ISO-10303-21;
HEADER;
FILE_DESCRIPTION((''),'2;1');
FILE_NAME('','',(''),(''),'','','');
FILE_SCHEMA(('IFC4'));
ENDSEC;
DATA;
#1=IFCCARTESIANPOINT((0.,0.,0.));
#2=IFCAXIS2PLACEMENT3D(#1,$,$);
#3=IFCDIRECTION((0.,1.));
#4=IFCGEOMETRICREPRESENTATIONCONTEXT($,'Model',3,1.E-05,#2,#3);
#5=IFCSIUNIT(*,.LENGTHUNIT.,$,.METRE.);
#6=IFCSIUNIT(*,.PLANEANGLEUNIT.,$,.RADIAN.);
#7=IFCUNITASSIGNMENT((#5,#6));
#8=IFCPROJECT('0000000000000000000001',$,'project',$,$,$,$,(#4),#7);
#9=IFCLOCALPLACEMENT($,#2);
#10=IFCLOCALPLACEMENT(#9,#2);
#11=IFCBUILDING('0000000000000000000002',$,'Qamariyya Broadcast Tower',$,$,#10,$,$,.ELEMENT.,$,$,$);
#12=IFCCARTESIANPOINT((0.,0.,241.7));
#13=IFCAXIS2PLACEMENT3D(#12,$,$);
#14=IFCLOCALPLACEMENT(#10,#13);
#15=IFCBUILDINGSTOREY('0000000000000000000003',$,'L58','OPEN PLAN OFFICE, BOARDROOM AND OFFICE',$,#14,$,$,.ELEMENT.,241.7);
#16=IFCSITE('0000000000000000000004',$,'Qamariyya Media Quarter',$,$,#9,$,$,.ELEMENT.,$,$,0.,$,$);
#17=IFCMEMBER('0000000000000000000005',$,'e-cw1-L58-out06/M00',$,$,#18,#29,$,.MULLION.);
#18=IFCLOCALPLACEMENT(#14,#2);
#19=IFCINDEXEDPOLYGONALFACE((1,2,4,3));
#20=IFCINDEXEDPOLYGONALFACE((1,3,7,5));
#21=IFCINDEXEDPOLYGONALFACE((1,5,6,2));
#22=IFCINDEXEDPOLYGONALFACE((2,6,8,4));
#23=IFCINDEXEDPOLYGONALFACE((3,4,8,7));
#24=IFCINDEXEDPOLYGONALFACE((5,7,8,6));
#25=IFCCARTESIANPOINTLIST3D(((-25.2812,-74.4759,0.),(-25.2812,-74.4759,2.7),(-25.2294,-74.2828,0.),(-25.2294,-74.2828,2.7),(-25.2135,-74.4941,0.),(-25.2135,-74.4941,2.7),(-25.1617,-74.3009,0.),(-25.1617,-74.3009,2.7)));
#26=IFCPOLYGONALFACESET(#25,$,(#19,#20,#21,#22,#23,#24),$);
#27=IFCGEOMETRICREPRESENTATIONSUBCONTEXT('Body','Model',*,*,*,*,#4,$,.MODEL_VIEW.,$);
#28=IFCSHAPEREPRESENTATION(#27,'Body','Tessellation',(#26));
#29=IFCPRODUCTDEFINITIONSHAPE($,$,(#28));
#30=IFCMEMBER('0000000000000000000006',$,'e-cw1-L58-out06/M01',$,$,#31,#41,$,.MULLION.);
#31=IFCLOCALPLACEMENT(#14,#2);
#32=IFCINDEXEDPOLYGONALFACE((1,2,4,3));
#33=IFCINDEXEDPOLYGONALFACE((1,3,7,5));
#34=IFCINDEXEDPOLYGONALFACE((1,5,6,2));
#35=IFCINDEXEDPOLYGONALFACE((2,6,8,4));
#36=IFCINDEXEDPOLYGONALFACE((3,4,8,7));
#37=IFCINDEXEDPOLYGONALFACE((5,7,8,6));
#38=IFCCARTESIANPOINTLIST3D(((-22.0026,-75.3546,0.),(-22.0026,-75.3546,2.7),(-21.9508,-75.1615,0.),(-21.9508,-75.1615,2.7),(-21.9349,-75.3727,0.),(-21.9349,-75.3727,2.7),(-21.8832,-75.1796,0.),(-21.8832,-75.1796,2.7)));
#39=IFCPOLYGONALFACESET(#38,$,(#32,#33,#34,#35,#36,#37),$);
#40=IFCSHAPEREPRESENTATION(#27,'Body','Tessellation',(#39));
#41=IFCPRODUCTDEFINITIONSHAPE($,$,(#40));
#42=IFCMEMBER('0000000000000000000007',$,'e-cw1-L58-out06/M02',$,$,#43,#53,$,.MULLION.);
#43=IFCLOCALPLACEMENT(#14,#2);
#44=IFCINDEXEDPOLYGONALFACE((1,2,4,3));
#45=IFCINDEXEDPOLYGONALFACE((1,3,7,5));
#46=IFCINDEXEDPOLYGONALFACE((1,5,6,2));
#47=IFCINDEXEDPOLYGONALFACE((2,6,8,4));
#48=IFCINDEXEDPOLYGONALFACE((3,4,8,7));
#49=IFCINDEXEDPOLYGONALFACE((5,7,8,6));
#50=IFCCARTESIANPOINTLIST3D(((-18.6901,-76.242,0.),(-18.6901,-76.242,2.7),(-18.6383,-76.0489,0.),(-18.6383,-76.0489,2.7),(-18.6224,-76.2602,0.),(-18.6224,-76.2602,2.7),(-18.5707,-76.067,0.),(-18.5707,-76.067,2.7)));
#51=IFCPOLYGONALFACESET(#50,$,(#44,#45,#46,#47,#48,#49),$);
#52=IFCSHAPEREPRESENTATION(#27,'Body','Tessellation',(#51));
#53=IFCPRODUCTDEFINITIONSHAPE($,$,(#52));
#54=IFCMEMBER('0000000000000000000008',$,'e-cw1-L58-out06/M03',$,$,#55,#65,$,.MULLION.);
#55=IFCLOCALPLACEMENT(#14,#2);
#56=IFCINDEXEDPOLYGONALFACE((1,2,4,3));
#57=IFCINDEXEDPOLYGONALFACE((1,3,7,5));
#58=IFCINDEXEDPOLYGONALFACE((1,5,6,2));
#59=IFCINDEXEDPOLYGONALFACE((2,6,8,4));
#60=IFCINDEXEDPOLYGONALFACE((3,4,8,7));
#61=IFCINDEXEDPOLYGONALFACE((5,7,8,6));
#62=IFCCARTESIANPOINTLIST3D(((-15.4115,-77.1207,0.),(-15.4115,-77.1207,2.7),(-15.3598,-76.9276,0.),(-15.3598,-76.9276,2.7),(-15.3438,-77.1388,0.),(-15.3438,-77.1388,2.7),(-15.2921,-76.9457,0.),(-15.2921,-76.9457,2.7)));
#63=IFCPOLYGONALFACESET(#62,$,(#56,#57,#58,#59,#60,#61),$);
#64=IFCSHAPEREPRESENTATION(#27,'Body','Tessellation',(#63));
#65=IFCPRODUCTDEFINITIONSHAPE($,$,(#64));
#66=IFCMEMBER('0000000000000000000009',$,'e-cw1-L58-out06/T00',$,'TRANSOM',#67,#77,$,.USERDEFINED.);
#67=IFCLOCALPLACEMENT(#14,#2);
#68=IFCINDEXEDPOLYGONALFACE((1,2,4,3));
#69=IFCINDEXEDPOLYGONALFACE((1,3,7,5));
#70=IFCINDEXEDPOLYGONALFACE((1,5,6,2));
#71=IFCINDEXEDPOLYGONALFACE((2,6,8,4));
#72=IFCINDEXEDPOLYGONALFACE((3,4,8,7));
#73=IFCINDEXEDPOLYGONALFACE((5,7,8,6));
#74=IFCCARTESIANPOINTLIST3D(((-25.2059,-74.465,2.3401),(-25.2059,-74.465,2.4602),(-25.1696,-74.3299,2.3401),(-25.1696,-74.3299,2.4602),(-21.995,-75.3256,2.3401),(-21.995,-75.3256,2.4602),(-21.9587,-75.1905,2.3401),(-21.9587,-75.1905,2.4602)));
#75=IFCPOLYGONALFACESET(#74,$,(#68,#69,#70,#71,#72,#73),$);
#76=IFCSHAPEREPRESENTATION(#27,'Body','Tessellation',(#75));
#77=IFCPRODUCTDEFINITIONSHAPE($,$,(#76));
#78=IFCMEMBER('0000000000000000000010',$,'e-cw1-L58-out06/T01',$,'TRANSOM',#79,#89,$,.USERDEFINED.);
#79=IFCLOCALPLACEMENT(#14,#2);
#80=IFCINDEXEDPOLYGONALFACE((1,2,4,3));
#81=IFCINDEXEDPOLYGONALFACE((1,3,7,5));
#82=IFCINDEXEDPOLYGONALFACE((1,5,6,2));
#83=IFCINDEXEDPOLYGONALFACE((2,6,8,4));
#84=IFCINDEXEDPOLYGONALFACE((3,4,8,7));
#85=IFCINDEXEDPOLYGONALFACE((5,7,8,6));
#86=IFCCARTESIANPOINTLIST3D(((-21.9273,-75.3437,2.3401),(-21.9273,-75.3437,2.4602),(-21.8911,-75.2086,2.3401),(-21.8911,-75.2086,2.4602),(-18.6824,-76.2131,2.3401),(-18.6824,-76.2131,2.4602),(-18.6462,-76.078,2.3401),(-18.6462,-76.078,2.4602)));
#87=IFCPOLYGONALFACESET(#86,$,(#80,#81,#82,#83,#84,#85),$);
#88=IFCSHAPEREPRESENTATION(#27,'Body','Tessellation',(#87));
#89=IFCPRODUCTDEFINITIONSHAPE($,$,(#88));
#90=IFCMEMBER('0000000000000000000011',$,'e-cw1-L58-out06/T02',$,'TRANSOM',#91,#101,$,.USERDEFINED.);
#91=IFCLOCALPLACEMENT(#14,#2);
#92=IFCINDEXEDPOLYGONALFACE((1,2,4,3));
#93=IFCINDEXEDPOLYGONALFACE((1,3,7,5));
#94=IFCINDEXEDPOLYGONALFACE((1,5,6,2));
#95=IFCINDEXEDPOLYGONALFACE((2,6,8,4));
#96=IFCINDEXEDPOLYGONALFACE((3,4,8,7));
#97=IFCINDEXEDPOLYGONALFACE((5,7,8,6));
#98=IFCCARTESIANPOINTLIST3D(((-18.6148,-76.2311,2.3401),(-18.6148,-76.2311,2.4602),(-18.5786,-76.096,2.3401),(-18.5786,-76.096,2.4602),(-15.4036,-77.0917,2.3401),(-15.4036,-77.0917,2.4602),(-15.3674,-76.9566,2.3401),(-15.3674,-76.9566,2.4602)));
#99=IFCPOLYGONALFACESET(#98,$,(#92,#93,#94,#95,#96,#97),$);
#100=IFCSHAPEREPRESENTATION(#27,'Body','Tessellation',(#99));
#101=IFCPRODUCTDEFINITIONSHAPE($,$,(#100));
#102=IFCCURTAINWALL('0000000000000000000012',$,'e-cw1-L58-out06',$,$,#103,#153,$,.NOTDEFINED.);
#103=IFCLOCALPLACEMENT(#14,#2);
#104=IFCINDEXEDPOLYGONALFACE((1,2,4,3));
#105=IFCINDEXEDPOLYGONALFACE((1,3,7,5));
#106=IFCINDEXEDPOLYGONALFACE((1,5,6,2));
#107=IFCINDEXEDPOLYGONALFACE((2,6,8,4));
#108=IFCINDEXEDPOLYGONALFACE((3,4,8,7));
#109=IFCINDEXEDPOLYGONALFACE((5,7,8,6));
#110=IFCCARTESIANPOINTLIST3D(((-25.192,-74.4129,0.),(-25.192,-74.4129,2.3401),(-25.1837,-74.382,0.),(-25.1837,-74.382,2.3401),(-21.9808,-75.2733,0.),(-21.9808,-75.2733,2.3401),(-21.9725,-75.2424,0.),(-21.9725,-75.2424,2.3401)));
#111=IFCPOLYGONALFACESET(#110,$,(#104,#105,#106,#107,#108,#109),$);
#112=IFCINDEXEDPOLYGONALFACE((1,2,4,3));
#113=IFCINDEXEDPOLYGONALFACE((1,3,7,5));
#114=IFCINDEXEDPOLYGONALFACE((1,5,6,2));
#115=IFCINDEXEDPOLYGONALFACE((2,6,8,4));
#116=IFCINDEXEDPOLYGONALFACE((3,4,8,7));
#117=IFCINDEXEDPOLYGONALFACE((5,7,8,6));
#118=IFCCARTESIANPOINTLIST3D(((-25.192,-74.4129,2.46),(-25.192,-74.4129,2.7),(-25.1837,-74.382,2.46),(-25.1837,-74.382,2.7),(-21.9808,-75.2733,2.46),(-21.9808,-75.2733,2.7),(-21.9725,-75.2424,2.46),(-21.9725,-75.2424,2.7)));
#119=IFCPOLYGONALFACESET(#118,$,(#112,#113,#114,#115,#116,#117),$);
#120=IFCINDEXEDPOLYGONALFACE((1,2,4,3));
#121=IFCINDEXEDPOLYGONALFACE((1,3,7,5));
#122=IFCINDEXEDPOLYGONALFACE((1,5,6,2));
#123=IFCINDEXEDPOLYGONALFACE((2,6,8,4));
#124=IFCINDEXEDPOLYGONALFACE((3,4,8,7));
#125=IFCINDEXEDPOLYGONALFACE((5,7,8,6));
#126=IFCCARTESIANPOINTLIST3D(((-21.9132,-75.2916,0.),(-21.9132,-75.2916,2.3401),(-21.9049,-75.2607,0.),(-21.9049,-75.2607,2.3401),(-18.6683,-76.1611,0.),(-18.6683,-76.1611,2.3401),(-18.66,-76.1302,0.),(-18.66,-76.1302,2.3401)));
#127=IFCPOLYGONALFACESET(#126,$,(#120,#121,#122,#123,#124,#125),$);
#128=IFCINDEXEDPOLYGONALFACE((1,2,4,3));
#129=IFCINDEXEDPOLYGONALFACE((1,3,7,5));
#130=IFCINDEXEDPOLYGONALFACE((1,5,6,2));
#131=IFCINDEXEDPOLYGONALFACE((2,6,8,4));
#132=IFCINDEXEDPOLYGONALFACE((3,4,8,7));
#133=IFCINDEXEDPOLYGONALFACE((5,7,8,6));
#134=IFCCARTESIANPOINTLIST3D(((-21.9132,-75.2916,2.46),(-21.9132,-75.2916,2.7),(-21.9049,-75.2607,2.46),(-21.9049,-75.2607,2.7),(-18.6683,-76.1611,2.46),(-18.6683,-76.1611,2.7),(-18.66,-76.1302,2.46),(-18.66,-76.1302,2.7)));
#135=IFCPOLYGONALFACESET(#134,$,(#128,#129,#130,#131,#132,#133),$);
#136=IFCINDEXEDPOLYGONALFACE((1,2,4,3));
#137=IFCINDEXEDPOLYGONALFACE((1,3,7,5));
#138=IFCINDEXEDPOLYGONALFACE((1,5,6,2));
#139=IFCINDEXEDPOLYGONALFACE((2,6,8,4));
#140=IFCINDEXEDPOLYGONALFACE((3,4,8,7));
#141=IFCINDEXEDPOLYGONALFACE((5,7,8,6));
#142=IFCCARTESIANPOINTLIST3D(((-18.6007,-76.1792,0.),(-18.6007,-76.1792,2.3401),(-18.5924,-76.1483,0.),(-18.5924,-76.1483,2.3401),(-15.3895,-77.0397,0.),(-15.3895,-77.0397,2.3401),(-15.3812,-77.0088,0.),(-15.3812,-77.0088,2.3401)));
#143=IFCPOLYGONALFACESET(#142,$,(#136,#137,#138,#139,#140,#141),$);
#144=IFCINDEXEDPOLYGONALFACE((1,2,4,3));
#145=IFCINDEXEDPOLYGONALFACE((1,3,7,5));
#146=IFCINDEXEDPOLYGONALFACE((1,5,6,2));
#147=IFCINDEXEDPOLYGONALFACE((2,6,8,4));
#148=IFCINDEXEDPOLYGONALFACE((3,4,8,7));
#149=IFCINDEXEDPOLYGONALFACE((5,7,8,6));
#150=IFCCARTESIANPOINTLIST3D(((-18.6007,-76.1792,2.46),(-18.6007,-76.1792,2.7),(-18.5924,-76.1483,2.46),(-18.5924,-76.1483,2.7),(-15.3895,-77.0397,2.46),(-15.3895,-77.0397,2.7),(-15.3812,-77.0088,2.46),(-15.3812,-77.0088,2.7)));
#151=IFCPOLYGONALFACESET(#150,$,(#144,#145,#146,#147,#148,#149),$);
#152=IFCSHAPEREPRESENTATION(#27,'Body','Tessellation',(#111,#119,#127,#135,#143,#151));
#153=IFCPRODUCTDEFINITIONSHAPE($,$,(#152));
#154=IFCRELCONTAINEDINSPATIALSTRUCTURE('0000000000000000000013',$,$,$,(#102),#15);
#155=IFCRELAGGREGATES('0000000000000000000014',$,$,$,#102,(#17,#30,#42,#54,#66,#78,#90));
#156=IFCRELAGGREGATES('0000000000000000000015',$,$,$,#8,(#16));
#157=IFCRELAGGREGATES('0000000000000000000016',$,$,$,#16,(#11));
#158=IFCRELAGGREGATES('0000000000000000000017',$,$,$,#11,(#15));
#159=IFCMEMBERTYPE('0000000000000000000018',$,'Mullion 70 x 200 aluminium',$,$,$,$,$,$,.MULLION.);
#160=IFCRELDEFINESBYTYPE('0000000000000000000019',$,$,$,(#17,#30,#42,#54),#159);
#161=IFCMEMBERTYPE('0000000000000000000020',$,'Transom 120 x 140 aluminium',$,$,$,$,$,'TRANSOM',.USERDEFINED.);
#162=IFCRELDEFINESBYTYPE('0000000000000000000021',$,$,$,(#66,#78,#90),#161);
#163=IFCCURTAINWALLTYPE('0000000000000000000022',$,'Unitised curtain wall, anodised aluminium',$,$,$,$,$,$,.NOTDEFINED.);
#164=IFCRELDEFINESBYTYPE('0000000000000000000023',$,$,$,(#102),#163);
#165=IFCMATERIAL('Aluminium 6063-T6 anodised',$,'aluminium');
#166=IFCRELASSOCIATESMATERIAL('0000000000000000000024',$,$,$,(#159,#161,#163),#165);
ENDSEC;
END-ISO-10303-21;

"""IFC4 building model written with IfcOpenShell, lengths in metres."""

from ifc_helpers import new_model, si_unit, direction, frame, origin, origin_2d, place, context, subcontext, project, spatial, rectangle, extrude, material, material_profile, profile_set, type_object, element, aggregate, save


model = new_model("IFC4")

# Units and contexts
model_context = context("Model", 3, precision=1e-05, world=origin(), true_north=direction((0.0, 1.0)))
body_context = subcontext(model_context, "Body", "Model", "MODEL_VIEW")
ifc_project = project(units=[si_unit("LENGTHUNIT", "METRE"), si_unit("PLANEANGLEUNIT", "RADIAN")], contexts=[model_context])

# Members
ifc_material = material(Name="Aluminium 6063-T6 anodised", Category="aluminium")
ifc_material_profile_1 = material_profile(ifc_material, rectangle(XDim=0.2, YDim=0.0701, at=origin_2d()))
ifc_profile_set_1 = profile_set([ifc_material_profile_1], Name="Aluminium 6063-T6 anodised")
member_type_1 = type_object("IfcMemberType", Name="Mullion 70 x 200 aluminium", PredefinedType="MULLION", material=ifc_profile_set_1)
site_placement = place(None, origin())
building_placement = place(site_placement, origin())
storey_placement = place(building_placement, frame((0.0, 0.0, 241.7)))
member_1_placement = place(storey_placement, frame((-25.2214, -74.3884, 0.0), z_axis=(0.0, 0.0, 1.0), x_axis=(0.258819, 0.965926, 0.0)))
member_1 = element("IfcMember", 1, at=member_1_placement, type_object=member_type_1, Name="e-cw1-L58-out06/M00", PredefinedType="MULLION", context=body_context, shape_type="SweptSolid", body=[
    extrude(rectangle(XDim=0.2, YDim=0.0701, at=origin_2d()), origin(), (0.0, 0.0, 1.0), 2.7),
])
member_2_placement = place(storey_placement, frame((-21.9429, -75.2671, 0.0), z_axis=(0.0, 0.0, 1.0), x_axis=(0.258819, 0.965926, 0.0)))
member_2 = element("IfcMember", 2, at=member_2_placement, type_object=member_type_1, Name="e-cw1-L58-out06/M01", PredefinedType="MULLION", context=body_context, shape_type="SweptSolid", body=[
    extrude(rectangle(XDim=0.2, YDim=0.0701, at=origin_2d()), origin(), (0.0, 0.0, 1.0), 2.7),
])
member_3_placement = place(storey_placement, frame((-18.6304, -76.1545, 0.0), z_axis=(0.0, 0.0, 1.0), x_axis=(0.258819, 0.965926, 0.0)))
member_3 = element("IfcMember", 3, at=member_3_placement, type_object=member_type_1, Name="e-cw1-L58-out06/M02", PredefinedType="MULLION", context=body_context, shape_type="SweptSolid", body=[
    extrude(rectangle(XDim=0.2, YDim=0.0701, at=origin_2d()), origin(), (0.0, 0.0, 1.0), 2.7),
])
member_4_placement = place(storey_placement, frame((-15.3518, -77.0332, 0.0), z_axis=(0.0, 0.0, 1.0), x_axis=(0.258819, 0.965926, 0.0)))
member_4 = element("IfcMember", 4, at=member_4_placement, type_object=member_type_1, Name="e-cw1-L58-out06/M03", PredefinedType="MULLION", context=body_context, shape_type="SweptSolid", body=[
    extrude(rectangle(XDim=0.2, YDim=0.0701, at=origin_2d()), origin(), (0.0, 0.0, 1.0), 2.7),
])
ifc_material_profile_2 = material_profile(ifc_material, rectangle(XDim=0.1399, YDim=0.1201, at=origin_2d()))
ifc_profile_set_2 = profile_set([ifc_material_profile_2], Name="Aluminium 6063-T6 anodised")
member_type_2 = type_object("IfcMemberType", Name="Transom 120 x 140 aluminium", ElementType="TRANSOM", PredefinedType="USERDEFINED", material=ifc_profile_set_2)
member_5_placement = place(storey_placement, frame((-25.1877, -74.3975, 2.4001), z_axis=(0.965909, -0.258883, 0.0), x_axis=(0.258883, 0.965909, 0.0)))
member_5 = element("IfcMember", 5, at=member_5_placement, type_object=member_type_2, Name="e-cw1-L58-out06/T00", ObjectType="TRANSOM", PredefinedType="USERDEFINED", context=body_context, shape_type="SweptSolid", body=[
    extrude(rectangle(XDim=0.1399, YDim=0.1201, at=origin_2d()), origin(), (0.0, 0.0, 1.0), 3.3242),
])
member_6_placement = place(storey_placement, frame((-21.9092, -75.2761, 2.4001), z_axis=(0.965932, -0.258798, 0.0), x_axis=(0.258798, 0.965932, 0.0)))
member_6 = element("IfcMember", 6, at=member_6_placement, type_object=member_type_2, Name="e-cw1-L58-out06/T01", ObjectType="TRANSOM", PredefinedType="USERDEFINED", context=body_context, shape_type="SweptSolid", body=[
    extrude(rectangle(XDim=0.1399, YDim=0.1201, at=origin_2d()), origin(), (0.0, 0.0, 1.0), 3.3594),
])
member_7_placement = place(storey_placement, frame((-18.5967, -76.1636, 2.4001), z_axis=(0.965914, -0.258865, 0.0), x_axis=(0.258865, 0.965914, 0.0)))
member_7 = element("IfcMember", 7, at=member_7_placement, type_object=member_type_2, Name="e-cw1-L58-out06/T02", ObjectType="TRANSOM", PredefinedType="USERDEFINED", context=body_context, shape_type="SweptSolid", body=[
    extrude(rectangle(XDim=0.1399, YDim=0.1201, at=origin_2d()), origin(), (0.0, 0.0, 1.0), 3.3245),
])

# Site, building, storey
site = spatial("IfcSite", under=ifc_project, at=site_placement, Name="Qamariyya Media Quarter", CompositionType="ELEMENT", RefElevation=0.0)
building = spatial("IfcBuilding", under=site, at=building_placement, Name="Qamariyya Broadcast Tower", CompositionType="ELEMENT")
storey = spatial("IfcBuildingStorey", under=building, at=storey_placement, Name="L58", Description="OPEN PLAN OFFICE, BOARDROOM AND OFFICE", CompositionType="ELEMENT", Elevation=241.7)

# Curtain wall
curtain_wall_type = type_object("IfcCurtainWallType", Name="Unitised curtain wall, anodised aluminium", PredefinedType="NOTDEFINED", material=ifc_material)
curtain_wall_1_placement = place(storey_placement, origin())
curtain_wall_1 = element("IfcCurtainWall", 8, at=curtain_wall_1_placement, inside=storey, type_object=curtain_wall_type, Name="e-cw1-L58-out06", PredefinedType="NOTDEFINED", context=body_context, shape_type="SweptSolid", body=[
    extrude(rectangle(XDim=3.3245, YDim=0.032, at=origin_2d()), frame((-23.5823, -74.8276, 0.0), x_axis=(0.965923, -0.258828, 0.0)), (0.0, 0.0, 1.0), 2.3401),
    extrude(rectangle(XDim=3.3245, YDim=0.032, at=origin_2d()), frame((-23.5823, -74.8276, 2.46), x_axis=(0.965923, -0.258828, 0.0)), (0.0, 0.0, 1.0), 0.24),
    extrude(rectangle(XDim=3.3594, YDim=0.032, at=origin_2d()), frame((-20.2866, -75.7109, 0.0), x_axis=(0.965923, -0.258828, 0.0)), (0.0, 0.0, 1.0), 2.3401),
    extrude(rectangle(XDim=3.3594, YDim=0.032, at=origin_2d()), frame((-20.2866, -75.7109, 2.46), x_axis=(0.965923, -0.258828, 0.0)), (0.0, 0.0, 1.0), 0.24),
    extrude(rectangle(XDim=3.3245, YDim=0.032, at=origin_2d()), frame((-16.991, -76.594, 0.0), x_axis=(0.965923, -0.258828, 0.0)), (0.0, 0.0, 1.0), 2.3401),
    extrude(rectangle(XDim=3.3245, YDim=0.032, at=origin_2d()), frame((-16.991, -76.594, 2.46), x_axis=(0.965923, -0.258828, 0.0)), (0.0, 0.0, 1.0), 0.24),
])
aggregate(curtain_wall_1, [member_1, member_2, member_3, member_4, member_5, member_6, member_7])

save(model, "model.ifc")
